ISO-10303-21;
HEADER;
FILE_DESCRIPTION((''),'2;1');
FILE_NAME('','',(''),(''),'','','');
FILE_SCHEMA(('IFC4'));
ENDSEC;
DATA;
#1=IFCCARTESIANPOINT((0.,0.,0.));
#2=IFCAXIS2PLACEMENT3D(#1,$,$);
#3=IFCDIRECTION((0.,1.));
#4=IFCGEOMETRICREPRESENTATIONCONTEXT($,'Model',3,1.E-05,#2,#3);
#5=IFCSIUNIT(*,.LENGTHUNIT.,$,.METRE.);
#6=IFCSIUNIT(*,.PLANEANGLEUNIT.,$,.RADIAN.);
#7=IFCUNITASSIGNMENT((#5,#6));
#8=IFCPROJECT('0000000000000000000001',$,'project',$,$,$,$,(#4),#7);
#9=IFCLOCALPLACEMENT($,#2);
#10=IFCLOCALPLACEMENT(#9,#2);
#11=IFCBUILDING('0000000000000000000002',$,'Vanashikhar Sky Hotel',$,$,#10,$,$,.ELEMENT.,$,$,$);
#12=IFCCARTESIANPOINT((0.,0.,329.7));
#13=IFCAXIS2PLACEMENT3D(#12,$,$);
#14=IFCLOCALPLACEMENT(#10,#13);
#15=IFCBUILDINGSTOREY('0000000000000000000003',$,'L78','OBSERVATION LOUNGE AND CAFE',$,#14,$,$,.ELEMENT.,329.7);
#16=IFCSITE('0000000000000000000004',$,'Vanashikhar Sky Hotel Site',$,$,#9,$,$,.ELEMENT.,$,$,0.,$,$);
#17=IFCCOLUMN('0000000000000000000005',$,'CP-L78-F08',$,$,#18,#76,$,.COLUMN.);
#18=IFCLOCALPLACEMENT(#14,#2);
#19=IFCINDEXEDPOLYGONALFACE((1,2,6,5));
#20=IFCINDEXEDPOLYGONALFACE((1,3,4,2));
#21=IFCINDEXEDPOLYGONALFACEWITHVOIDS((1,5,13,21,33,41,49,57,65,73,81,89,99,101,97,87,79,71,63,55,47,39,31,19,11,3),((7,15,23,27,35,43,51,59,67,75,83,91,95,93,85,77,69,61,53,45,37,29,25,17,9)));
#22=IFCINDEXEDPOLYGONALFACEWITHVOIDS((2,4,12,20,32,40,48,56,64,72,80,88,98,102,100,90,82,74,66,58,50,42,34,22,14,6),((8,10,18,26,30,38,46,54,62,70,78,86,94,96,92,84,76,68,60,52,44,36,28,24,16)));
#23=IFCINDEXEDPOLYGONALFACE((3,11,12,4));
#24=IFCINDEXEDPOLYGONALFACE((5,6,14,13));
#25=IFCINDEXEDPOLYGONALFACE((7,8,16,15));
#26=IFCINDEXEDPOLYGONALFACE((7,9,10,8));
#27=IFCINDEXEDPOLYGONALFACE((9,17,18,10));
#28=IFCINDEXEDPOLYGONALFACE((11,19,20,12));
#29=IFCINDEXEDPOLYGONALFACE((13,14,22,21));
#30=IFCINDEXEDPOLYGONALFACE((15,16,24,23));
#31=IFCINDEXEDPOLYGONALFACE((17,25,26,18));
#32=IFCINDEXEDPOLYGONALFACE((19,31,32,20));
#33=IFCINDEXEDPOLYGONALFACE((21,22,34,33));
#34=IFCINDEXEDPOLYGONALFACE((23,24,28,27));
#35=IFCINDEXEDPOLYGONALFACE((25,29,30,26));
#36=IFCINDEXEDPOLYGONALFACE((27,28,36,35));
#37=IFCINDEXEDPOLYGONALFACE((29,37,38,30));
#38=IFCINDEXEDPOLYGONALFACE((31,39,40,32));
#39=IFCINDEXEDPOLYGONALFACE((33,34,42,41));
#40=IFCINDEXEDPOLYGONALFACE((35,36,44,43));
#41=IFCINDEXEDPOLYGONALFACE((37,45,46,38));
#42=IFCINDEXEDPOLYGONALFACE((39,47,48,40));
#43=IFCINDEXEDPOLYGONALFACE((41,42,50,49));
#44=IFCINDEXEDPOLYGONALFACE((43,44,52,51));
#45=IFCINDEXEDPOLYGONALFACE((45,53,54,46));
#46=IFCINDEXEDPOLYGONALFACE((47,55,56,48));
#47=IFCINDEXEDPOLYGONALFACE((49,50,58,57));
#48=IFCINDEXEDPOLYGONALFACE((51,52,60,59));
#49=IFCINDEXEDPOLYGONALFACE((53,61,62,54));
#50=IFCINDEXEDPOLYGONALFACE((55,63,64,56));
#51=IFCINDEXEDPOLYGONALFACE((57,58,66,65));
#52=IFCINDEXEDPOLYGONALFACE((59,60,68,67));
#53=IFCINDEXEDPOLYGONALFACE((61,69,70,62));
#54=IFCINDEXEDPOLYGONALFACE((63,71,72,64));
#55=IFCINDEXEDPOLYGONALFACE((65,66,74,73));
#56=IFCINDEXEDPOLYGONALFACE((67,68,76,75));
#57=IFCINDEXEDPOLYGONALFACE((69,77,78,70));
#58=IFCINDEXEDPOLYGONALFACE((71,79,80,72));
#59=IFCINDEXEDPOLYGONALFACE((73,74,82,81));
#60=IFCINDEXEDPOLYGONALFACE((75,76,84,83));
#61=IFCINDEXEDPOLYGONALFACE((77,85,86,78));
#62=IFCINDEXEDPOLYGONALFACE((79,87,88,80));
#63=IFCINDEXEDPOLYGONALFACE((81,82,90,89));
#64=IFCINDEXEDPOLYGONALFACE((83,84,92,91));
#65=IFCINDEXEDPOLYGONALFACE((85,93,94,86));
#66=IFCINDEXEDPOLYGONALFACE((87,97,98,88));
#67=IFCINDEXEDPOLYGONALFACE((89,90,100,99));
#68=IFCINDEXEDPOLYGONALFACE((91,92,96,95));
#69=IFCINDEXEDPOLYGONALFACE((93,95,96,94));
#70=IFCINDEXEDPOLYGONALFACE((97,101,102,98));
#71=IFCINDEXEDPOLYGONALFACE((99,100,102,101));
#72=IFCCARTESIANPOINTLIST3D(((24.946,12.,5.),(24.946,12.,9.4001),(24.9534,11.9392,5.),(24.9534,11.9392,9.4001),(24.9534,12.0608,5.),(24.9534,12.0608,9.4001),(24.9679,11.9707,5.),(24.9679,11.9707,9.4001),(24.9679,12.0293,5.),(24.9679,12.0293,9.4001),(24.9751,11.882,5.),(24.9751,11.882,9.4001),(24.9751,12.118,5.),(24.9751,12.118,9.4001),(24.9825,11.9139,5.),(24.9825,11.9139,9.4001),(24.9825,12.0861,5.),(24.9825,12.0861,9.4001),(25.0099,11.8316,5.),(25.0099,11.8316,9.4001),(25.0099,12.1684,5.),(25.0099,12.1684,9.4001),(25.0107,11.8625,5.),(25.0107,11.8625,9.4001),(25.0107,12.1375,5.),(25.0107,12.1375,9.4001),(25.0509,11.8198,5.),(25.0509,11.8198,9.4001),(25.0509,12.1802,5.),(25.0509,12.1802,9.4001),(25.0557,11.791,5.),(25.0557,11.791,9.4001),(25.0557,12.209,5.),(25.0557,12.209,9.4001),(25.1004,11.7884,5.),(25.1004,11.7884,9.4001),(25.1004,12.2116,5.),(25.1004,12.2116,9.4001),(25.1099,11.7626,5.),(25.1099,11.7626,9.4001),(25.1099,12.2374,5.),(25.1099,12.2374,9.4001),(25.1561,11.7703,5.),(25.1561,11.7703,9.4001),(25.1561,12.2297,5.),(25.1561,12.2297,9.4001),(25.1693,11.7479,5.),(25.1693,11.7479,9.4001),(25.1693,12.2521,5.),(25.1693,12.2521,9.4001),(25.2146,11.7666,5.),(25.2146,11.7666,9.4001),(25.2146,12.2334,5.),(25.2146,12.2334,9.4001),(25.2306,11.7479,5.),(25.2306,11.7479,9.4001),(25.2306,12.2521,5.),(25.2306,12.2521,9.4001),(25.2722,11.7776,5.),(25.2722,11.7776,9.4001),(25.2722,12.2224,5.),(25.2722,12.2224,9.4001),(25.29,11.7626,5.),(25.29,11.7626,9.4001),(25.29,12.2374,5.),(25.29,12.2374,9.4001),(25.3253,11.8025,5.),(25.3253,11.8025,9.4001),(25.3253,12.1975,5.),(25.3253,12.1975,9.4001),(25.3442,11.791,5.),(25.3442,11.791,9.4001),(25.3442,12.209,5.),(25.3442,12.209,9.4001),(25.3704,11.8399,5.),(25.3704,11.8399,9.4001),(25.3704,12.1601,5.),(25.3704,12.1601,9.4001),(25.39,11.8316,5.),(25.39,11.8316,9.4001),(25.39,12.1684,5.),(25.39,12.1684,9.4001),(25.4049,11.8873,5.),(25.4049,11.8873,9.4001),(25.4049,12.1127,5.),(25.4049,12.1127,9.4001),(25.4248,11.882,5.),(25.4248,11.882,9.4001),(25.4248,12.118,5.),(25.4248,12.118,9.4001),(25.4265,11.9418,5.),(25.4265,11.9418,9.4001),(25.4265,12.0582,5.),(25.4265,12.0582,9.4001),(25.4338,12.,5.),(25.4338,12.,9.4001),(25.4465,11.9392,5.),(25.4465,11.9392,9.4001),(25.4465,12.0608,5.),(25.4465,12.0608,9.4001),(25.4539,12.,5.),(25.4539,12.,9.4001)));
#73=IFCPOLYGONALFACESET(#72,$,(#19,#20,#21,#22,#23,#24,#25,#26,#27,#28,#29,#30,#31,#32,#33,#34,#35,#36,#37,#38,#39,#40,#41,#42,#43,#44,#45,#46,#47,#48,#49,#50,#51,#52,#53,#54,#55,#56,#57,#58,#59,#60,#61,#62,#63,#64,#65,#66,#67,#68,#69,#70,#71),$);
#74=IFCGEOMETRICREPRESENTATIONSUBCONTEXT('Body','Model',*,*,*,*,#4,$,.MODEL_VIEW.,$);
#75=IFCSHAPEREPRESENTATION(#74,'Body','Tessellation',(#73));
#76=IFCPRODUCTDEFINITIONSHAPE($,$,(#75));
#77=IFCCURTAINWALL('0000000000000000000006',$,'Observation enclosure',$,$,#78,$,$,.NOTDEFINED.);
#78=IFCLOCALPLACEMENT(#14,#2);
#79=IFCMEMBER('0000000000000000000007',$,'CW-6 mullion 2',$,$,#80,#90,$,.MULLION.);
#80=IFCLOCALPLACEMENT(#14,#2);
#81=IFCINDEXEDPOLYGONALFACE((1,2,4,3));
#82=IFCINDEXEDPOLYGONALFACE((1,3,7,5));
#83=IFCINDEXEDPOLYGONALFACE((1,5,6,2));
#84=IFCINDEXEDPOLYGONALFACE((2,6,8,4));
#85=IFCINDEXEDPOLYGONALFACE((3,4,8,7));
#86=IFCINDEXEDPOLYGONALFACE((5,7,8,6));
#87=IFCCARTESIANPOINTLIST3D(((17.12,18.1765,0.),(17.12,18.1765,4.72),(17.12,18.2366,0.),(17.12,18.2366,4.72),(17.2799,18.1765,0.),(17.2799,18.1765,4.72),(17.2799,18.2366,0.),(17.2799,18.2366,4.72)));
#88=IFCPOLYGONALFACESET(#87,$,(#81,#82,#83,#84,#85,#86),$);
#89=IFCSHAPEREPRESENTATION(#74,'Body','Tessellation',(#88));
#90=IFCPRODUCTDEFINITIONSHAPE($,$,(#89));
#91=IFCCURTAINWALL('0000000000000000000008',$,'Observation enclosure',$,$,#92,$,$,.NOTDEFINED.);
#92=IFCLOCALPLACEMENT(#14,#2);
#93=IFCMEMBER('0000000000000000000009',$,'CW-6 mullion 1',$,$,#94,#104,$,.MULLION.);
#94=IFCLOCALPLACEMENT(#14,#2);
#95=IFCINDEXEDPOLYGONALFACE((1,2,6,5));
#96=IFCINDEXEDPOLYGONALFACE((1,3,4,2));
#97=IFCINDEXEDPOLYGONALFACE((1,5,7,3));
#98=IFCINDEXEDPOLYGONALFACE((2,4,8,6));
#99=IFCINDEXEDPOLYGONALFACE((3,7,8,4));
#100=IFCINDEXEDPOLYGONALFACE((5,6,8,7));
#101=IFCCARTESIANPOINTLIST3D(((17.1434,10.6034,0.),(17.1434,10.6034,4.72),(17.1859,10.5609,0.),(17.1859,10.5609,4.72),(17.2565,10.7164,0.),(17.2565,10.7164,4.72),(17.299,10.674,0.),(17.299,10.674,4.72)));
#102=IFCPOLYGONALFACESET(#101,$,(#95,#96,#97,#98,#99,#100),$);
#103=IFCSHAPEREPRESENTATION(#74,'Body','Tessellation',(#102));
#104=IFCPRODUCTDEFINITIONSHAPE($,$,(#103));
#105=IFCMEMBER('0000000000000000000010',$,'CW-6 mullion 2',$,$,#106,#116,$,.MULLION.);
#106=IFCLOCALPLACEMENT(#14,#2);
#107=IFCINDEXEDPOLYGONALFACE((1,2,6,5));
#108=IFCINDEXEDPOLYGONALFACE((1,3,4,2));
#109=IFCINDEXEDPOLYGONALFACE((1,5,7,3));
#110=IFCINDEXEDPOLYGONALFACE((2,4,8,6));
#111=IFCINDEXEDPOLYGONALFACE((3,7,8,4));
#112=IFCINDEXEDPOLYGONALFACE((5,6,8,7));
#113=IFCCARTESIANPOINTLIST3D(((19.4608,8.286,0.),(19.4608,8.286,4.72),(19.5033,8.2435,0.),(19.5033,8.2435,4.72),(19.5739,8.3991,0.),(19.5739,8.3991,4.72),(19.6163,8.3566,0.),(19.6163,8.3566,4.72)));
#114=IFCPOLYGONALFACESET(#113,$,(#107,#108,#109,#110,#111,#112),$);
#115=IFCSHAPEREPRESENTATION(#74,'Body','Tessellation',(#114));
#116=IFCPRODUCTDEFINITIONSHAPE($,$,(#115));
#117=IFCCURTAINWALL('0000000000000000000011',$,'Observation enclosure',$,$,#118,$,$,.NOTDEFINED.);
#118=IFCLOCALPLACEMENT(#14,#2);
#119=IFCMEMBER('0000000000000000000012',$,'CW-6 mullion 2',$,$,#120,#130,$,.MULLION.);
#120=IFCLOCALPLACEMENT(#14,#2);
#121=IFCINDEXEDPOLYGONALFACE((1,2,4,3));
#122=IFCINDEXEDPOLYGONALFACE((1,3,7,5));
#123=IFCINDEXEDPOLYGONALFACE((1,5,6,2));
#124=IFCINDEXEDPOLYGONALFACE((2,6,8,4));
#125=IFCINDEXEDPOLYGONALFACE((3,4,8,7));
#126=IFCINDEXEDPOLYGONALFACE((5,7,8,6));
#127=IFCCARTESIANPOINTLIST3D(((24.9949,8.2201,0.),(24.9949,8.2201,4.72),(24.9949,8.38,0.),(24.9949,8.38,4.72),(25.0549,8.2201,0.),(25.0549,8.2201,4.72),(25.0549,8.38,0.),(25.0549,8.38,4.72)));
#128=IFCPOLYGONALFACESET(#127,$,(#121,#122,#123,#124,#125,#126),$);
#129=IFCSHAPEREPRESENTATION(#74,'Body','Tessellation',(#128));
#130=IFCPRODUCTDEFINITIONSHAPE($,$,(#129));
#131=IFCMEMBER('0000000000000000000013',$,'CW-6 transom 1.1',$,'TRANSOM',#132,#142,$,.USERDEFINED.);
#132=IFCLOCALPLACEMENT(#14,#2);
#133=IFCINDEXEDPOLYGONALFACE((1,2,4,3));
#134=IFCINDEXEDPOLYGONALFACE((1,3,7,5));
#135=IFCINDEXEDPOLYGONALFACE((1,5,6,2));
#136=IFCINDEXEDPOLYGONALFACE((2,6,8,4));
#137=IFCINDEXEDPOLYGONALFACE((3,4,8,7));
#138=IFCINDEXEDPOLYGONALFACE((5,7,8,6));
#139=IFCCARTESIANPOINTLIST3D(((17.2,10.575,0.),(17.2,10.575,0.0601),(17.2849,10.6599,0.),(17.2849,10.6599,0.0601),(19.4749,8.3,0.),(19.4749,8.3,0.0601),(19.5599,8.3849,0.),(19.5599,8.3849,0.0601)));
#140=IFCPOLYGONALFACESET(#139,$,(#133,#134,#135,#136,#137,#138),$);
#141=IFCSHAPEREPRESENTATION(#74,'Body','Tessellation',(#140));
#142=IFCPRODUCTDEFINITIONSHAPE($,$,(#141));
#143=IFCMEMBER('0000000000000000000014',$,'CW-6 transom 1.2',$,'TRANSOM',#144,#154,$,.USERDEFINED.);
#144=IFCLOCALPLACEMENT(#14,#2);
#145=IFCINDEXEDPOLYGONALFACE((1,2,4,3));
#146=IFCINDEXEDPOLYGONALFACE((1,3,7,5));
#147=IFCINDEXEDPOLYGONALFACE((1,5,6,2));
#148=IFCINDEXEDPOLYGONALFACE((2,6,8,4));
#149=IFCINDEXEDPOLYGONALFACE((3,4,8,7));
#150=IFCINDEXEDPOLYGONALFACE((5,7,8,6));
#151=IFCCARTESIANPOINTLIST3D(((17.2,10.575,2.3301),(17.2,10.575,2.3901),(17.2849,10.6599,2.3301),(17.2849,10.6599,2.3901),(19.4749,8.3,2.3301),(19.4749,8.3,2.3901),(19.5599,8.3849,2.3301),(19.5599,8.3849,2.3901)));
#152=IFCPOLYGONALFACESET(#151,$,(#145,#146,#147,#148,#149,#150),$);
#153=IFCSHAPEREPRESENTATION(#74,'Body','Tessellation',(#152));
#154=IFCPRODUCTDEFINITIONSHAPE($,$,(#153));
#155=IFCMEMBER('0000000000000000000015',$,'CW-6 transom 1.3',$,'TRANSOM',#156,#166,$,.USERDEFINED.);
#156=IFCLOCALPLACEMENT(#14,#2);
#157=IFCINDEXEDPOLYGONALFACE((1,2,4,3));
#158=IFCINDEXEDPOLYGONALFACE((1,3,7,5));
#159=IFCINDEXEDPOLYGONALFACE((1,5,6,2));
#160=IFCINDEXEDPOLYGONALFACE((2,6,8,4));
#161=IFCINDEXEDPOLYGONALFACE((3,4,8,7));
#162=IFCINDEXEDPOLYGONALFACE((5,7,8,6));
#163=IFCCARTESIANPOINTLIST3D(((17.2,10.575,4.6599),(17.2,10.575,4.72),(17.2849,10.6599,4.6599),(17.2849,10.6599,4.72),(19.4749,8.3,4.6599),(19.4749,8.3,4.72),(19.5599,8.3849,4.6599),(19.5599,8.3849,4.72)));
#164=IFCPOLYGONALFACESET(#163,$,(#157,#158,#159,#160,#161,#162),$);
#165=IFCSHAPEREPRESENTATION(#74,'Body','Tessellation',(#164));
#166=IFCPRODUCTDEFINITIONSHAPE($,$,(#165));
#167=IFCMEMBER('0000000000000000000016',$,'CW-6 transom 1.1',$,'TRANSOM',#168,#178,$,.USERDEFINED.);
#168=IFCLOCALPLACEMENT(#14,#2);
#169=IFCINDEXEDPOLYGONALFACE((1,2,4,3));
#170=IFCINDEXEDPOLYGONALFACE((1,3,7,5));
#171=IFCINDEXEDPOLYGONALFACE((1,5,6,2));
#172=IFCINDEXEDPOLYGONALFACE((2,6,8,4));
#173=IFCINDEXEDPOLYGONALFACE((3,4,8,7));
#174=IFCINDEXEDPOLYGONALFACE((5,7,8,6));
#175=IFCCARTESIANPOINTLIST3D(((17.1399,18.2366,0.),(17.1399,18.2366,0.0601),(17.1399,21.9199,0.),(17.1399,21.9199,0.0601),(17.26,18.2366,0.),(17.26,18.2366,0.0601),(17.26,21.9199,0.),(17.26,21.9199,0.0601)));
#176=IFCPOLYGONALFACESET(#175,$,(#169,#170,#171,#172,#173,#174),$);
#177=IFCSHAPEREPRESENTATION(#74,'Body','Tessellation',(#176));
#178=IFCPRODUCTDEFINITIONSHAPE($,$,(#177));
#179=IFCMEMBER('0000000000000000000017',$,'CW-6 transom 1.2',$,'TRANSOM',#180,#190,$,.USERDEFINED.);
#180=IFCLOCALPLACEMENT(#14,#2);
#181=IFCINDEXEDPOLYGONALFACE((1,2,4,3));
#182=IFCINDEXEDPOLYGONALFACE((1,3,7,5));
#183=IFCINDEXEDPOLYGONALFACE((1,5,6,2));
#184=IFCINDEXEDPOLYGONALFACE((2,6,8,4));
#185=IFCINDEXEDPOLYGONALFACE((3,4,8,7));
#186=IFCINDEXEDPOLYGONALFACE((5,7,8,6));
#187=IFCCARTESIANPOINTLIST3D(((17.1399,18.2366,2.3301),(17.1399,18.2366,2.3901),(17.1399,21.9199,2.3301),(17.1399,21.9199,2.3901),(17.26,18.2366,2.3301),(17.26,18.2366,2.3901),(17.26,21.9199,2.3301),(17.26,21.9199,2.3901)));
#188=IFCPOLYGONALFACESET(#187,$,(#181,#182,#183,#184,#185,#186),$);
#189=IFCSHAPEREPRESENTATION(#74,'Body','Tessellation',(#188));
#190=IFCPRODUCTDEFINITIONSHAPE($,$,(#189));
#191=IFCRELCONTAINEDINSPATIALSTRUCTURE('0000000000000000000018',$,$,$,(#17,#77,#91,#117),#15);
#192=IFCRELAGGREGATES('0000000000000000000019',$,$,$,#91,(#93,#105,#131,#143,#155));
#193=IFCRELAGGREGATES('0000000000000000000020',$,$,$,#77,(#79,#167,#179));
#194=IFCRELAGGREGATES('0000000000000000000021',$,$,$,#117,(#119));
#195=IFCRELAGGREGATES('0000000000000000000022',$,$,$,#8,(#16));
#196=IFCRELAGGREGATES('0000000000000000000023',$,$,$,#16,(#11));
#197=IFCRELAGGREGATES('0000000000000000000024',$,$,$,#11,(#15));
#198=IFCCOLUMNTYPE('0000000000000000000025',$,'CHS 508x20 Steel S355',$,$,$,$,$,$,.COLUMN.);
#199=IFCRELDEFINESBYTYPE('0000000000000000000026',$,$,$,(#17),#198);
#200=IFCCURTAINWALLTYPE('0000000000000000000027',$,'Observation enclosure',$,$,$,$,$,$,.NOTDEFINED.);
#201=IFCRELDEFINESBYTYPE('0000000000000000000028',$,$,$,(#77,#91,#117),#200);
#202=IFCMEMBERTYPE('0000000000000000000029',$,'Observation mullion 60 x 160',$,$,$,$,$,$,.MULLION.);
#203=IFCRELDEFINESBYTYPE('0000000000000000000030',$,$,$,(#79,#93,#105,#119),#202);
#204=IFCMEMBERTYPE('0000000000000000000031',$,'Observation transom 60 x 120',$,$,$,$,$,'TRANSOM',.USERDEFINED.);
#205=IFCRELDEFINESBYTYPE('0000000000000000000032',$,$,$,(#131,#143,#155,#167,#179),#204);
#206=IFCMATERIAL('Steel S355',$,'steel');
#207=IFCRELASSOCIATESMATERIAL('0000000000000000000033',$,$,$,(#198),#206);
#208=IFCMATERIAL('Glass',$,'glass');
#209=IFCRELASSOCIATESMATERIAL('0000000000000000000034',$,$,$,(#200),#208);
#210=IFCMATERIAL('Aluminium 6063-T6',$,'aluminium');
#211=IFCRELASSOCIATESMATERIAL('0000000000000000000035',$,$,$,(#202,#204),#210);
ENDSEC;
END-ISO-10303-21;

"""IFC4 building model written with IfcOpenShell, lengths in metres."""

from ifc_helpers import new_model, si_unit, direction, frame, origin, origin_2d, place, context, subcontext, project, spatial, rectangle, hollow_circle, extrude, source, transform, mapped, material, material_profile, profile_set, type_object, element, aggregate, save


model = new_model("IFC4")

# Units and contexts
model_context = context("Model", 3, precision=1e-05, world=origin(), true_north=direction((0.0, 1.0)))
body_context = subcontext(model_context, "Body", "Model", "MODEL_VIEW")
ifc_project = project(units=[si_unit("LENGTHUNIT", "METRE"), si_unit("PLANEANGLEUNIT", "RADIAN")], contexts=[model_context])

# Site, building, storey
site_placement = place(None, origin())
site = spatial("IfcSite", under=ifc_project, at=site_placement, Name="Vanashikhar Sky Hotel Site", CompositionType="ELEMENT", RefElevation=0.0)
building_placement = place(site_placement, origin())
building = spatial("IfcBuilding", under=site, at=building_placement, Name="Vanashikhar Sky Hotel", CompositionType="ELEMENT")
storey_placement = place(building_placement, frame((0.0, 0.0, 329.7)))
storey = spatial("IfcBuildingStorey", under=building, at=storey_placement, Name="L78", Description="OBSERVATION LOUNGE AND CAFE", CompositionType="ELEMENT", Elevation=329.7)

# Column
ifc_material_1 = material(Name="Steel S355", Category="steel")
ifc_material_profile_1 = material_profile(ifc_material_1, hollow_circle(Radius=0.2539, WallThickness=0.02, at=origin_2d()))
ifc_profile_set_1 = profile_set([ifc_material_profile_1], Name="CHS 508x20 Steel S355")
column_type = type_object("IfcColumnType", Name="CHS 508x20 Steel S355", PredefinedType="COLUMN", material=ifc_profile_set_1)
shared_shape_1 = source(origin(), body_context, "Body", "SweptSolid", [
    extrude(hollow_circle(Radius=0.2539, WallThickness=0.02, at=origin_2d()), origin(), (0.0, 0.0, 1.0), 4.4001),
])
column_placement = place(storey_placement, frame((25.2, 12.0, 5.0), z_axis=(0.0, 0.0, 1.0), x_axis=(1.0, 0.0, 0.0)))
element("IfcColumn", 1, at=column_placement, inside=storey, type_object=column_type, Name="CP-L78-F08", PredefinedType="COLUMN", context=body_context, shape_type="MappedRepresentation", body=[
    mapped(shared_shape_1, transform((0.0, 0.0, 0.0), scale=1.0)),
])

# Curtain wall, member
ifc_material_2 = material(Name="Glass", Category="glass")
curtain_wall_type = type_object("IfcCurtainWallType", Name="Observation enclosure", PredefinedType="NOTDEFINED", material=ifc_material_2)
curtain_wall_1_placement = place(storey_placement, origin())
curtain_wall_1 = element("IfcCurtainWall", 2, at=curtain_wall_1_placement, inside=storey, type_object=curtain_wall_type, Name="Observation enclosure", PredefinedType="NOTDEFINED")
ifc_material_3 = material(Name="Aluminium 6063-T6", Category="aluminium")
ifc_material_profile_2 = material_profile(ifc_material_3, rectangle(XDim=0.1599, YDim=0.0601, at=origin_2d()))
ifc_profile_set_2 = profile_set([ifc_material_profile_2], Name="Aluminium 6063-T6")
member_type_1 = type_object("IfcMemberType", Name="Observation mullion 60 x 160", PredefinedType="MULLION", material=ifc_profile_set_2)
shared_shape_2 = source(origin(), body_context, "Body", "SweptSolid", [
    extrude(rectangle(XDim=0.1599, YDim=0.0601, at=origin_2d()), origin(), (0.0, 0.0, 1.0), 4.72),
])
member_1_placement = place(storey_placement, frame((17.2, 18.2065, 0.0), z_axis=(0.0, 0.0, 1.0), x_axis=(1.0, 0.0, 0.0)))
member_1 = element("IfcMember", 3, at=member_1_placement, type_object=member_type_1, Name="CW-6 mullion 2", PredefinedType="MULLION", context=body_context, shape_type="MappedRepresentation", body=[
    mapped(shared_shape_2, transform((0.0, 0.0, 0.0), scale=1.0)),
])

# Curtain wall, members
curtain_wall_2_placement = place(storey_placement, origin())
curtain_wall_2 = element("IfcCurtainWall", 4, at=curtain_wall_2_placement, inside=storey, type_object=curtain_wall_type, Name="Observation enclosure", PredefinedType="NOTDEFINED")
member_2_placement = place(storey_placement, frame((17.2212, 10.6387, 0.0), z_axis=(0.0, 0.0, 1.0), x_axis=(0.707107, 0.707107, 0.0)))
member_2 = element("IfcMember", 5, at=member_2_placement, type_object=member_type_1, Name="CW-6 mullion 1", PredefinedType="MULLION", context=body_context, shape_type="MappedRepresentation", body=[
    mapped(shared_shape_2, transform((0.0, 0.0, 0.0), scale=1.0)),
])
member_3_placement = place(storey_placement, frame((19.5386, 8.3213, 0.0), z_axis=(0.0, 0.0, 1.0), x_axis=(0.707107, 0.707107, 0.0)))
member_3 = element("IfcMember", 6, at=member_3_placement, type_object=member_type_1, Name="CW-6 mullion 2", PredefinedType="MULLION", context=body_context, shape_type="MappedRepresentation", body=[
    mapped(shared_shape_2, transform((0.0, 0.0, 0.0), scale=1.0)),
])

# Curtain wall, member
curtain_wall_3_placement = place(storey_placement, origin())
curtain_wall_3 = element("IfcCurtainWall", 7, at=curtain_wall_3_placement, inside=storey, type_object=curtain_wall_type, Name="Observation enclosure", PredefinedType="NOTDEFINED")
member_4_placement = place(storey_placement, frame((25.0249, 8.3, 0.0), z_axis=(0.0, 0.0, 1.0), x_axis=(0.0, 1.0, 0.0)))
member_4 = element("IfcMember", 8, at=member_4_placement, type_object=member_type_1, Name="CW-6 mullion 2", PredefinedType="MULLION", context=body_context, shape_type="MappedRepresentation", body=[
    mapped(shared_shape_2, transform((0.0, 0.0, 0.0), scale=1.0)),
])

# Members
ifc_material_profile_3 = material_profile(ifc_material_3, rectangle(XDim=0.1201, YDim=0.0601, at=origin_2d()))
ifc_profile_set_3 = profile_set([ifc_material_profile_3], Name="Aluminium 6063-T6")
member_type_2 = type_object("IfcMemberType", Name="Observation transom 60 x 120", ElementType="TRANSOM", PredefinedType="USERDEFINED", material=ifc_profile_set_3)
shared_shape_3 = source(origin(), body_context, "Body", "SweptSolid", [
    extrude(rectangle(XDim=0.1201, YDim=0.0601, at=origin_2d()), origin(), (0.0, 0.0, 1.0), 3.2173),
])
member_5_placement = place(storey_placement, frame((17.2424, 10.6174, 0.03), z_axis=(0.707107, -0.707107, 0.0), x_axis=(0.707107, 0.707107, 0.0)))
member_5 = element("IfcMember", 9, at=member_5_placement, type_object=member_type_2, Name="CW-6 transom 1.1", ObjectType="TRANSOM", PredefinedType="USERDEFINED", context=body_context, shape_type="MappedRepresentation", body=[
    mapped(shared_shape_3, transform((0.0, 0.0, 0.0), scale=1.0)),
])
member_6_placement = place(storey_placement, frame((17.2424, 10.6174, 2.3601), z_axis=(0.707107, -0.707107, 0.0), x_axis=(0.707107, 0.707107, 0.0)))
member_6 = element("IfcMember", 10, at=member_6_placement, type_object=member_type_2, Name="CW-6 transom 1.2", ObjectType="TRANSOM", PredefinedType="USERDEFINED", context=body_context, shape_type="MappedRepresentation", body=[
    mapped(shared_shape_3, transform((0.0, 0.0, 0.0), scale=1.0)),
])
member_7_placement = place(storey_placement, frame((17.2424, 10.6174, 4.6899), z_axis=(0.707107, -0.707107, 0.0), x_axis=(0.707107, 0.707107, 0.0)))
member_7 = element("IfcMember", 11, at=member_7_placement, type_object=member_type_2, Name="CW-6 transom 1.3", ObjectType="TRANSOM", PredefinedType="USERDEFINED", context=body_context, shape_type="MappedRepresentation", body=[
    mapped(shared_shape_3, transform((0.0, 0.0, 0.0), scale=1.0)),
])
shared_shape_4 = source(origin(), body_context, "Body", "SweptSolid", [
    extrude(rectangle(XDim=0.1201, YDim=0.0601, at=origin_2d()), origin(), (0.0, 0.0, 1.0), 3.6833),
])
member_8_placement = place(storey_placement, frame((17.2, 21.9199, 0.03), z_axis=(0.0, -1.0, 0.0), x_axis=(1.0, 0.0, 0.0)))
member_8 = element("IfcMember", 12, at=member_8_placement, type_object=member_type_2, Name="CW-6 transom 1.1", ObjectType="TRANSOM", PredefinedType="USERDEFINED", context=body_context, shape_type="MappedRepresentation", body=[
    mapped(shared_shape_4, transform((0.0, 0.0, 0.0), scale=1.0)),
])
member_9_placement = place(storey_placement, frame((17.2, 21.9199, 2.3601), z_axis=(0.0, -1.0, 0.0), x_axis=(1.0, 0.0, 0.0)))
member_9 = element("IfcMember", 13, at=member_9_placement, type_object=member_type_2, Name="CW-6 transom 1.2", ObjectType="TRANSOM", PredefinedType="USERDEFINED", context=body_context, shape_type="MappedRepresentation", body=[
    mapped(shared_shape_4, transform((0.0, 0.0, 0.0), scale=1.0)),
])

aggregate(curtain_wall_2, [member_2, member_3, member_5, member_6, member_7])
aggregate(curtain_wall_1, [member_1, member_8, member_9])
aggregate(curtain_wall_3, [member_4])

save(model, "model.ifc")
